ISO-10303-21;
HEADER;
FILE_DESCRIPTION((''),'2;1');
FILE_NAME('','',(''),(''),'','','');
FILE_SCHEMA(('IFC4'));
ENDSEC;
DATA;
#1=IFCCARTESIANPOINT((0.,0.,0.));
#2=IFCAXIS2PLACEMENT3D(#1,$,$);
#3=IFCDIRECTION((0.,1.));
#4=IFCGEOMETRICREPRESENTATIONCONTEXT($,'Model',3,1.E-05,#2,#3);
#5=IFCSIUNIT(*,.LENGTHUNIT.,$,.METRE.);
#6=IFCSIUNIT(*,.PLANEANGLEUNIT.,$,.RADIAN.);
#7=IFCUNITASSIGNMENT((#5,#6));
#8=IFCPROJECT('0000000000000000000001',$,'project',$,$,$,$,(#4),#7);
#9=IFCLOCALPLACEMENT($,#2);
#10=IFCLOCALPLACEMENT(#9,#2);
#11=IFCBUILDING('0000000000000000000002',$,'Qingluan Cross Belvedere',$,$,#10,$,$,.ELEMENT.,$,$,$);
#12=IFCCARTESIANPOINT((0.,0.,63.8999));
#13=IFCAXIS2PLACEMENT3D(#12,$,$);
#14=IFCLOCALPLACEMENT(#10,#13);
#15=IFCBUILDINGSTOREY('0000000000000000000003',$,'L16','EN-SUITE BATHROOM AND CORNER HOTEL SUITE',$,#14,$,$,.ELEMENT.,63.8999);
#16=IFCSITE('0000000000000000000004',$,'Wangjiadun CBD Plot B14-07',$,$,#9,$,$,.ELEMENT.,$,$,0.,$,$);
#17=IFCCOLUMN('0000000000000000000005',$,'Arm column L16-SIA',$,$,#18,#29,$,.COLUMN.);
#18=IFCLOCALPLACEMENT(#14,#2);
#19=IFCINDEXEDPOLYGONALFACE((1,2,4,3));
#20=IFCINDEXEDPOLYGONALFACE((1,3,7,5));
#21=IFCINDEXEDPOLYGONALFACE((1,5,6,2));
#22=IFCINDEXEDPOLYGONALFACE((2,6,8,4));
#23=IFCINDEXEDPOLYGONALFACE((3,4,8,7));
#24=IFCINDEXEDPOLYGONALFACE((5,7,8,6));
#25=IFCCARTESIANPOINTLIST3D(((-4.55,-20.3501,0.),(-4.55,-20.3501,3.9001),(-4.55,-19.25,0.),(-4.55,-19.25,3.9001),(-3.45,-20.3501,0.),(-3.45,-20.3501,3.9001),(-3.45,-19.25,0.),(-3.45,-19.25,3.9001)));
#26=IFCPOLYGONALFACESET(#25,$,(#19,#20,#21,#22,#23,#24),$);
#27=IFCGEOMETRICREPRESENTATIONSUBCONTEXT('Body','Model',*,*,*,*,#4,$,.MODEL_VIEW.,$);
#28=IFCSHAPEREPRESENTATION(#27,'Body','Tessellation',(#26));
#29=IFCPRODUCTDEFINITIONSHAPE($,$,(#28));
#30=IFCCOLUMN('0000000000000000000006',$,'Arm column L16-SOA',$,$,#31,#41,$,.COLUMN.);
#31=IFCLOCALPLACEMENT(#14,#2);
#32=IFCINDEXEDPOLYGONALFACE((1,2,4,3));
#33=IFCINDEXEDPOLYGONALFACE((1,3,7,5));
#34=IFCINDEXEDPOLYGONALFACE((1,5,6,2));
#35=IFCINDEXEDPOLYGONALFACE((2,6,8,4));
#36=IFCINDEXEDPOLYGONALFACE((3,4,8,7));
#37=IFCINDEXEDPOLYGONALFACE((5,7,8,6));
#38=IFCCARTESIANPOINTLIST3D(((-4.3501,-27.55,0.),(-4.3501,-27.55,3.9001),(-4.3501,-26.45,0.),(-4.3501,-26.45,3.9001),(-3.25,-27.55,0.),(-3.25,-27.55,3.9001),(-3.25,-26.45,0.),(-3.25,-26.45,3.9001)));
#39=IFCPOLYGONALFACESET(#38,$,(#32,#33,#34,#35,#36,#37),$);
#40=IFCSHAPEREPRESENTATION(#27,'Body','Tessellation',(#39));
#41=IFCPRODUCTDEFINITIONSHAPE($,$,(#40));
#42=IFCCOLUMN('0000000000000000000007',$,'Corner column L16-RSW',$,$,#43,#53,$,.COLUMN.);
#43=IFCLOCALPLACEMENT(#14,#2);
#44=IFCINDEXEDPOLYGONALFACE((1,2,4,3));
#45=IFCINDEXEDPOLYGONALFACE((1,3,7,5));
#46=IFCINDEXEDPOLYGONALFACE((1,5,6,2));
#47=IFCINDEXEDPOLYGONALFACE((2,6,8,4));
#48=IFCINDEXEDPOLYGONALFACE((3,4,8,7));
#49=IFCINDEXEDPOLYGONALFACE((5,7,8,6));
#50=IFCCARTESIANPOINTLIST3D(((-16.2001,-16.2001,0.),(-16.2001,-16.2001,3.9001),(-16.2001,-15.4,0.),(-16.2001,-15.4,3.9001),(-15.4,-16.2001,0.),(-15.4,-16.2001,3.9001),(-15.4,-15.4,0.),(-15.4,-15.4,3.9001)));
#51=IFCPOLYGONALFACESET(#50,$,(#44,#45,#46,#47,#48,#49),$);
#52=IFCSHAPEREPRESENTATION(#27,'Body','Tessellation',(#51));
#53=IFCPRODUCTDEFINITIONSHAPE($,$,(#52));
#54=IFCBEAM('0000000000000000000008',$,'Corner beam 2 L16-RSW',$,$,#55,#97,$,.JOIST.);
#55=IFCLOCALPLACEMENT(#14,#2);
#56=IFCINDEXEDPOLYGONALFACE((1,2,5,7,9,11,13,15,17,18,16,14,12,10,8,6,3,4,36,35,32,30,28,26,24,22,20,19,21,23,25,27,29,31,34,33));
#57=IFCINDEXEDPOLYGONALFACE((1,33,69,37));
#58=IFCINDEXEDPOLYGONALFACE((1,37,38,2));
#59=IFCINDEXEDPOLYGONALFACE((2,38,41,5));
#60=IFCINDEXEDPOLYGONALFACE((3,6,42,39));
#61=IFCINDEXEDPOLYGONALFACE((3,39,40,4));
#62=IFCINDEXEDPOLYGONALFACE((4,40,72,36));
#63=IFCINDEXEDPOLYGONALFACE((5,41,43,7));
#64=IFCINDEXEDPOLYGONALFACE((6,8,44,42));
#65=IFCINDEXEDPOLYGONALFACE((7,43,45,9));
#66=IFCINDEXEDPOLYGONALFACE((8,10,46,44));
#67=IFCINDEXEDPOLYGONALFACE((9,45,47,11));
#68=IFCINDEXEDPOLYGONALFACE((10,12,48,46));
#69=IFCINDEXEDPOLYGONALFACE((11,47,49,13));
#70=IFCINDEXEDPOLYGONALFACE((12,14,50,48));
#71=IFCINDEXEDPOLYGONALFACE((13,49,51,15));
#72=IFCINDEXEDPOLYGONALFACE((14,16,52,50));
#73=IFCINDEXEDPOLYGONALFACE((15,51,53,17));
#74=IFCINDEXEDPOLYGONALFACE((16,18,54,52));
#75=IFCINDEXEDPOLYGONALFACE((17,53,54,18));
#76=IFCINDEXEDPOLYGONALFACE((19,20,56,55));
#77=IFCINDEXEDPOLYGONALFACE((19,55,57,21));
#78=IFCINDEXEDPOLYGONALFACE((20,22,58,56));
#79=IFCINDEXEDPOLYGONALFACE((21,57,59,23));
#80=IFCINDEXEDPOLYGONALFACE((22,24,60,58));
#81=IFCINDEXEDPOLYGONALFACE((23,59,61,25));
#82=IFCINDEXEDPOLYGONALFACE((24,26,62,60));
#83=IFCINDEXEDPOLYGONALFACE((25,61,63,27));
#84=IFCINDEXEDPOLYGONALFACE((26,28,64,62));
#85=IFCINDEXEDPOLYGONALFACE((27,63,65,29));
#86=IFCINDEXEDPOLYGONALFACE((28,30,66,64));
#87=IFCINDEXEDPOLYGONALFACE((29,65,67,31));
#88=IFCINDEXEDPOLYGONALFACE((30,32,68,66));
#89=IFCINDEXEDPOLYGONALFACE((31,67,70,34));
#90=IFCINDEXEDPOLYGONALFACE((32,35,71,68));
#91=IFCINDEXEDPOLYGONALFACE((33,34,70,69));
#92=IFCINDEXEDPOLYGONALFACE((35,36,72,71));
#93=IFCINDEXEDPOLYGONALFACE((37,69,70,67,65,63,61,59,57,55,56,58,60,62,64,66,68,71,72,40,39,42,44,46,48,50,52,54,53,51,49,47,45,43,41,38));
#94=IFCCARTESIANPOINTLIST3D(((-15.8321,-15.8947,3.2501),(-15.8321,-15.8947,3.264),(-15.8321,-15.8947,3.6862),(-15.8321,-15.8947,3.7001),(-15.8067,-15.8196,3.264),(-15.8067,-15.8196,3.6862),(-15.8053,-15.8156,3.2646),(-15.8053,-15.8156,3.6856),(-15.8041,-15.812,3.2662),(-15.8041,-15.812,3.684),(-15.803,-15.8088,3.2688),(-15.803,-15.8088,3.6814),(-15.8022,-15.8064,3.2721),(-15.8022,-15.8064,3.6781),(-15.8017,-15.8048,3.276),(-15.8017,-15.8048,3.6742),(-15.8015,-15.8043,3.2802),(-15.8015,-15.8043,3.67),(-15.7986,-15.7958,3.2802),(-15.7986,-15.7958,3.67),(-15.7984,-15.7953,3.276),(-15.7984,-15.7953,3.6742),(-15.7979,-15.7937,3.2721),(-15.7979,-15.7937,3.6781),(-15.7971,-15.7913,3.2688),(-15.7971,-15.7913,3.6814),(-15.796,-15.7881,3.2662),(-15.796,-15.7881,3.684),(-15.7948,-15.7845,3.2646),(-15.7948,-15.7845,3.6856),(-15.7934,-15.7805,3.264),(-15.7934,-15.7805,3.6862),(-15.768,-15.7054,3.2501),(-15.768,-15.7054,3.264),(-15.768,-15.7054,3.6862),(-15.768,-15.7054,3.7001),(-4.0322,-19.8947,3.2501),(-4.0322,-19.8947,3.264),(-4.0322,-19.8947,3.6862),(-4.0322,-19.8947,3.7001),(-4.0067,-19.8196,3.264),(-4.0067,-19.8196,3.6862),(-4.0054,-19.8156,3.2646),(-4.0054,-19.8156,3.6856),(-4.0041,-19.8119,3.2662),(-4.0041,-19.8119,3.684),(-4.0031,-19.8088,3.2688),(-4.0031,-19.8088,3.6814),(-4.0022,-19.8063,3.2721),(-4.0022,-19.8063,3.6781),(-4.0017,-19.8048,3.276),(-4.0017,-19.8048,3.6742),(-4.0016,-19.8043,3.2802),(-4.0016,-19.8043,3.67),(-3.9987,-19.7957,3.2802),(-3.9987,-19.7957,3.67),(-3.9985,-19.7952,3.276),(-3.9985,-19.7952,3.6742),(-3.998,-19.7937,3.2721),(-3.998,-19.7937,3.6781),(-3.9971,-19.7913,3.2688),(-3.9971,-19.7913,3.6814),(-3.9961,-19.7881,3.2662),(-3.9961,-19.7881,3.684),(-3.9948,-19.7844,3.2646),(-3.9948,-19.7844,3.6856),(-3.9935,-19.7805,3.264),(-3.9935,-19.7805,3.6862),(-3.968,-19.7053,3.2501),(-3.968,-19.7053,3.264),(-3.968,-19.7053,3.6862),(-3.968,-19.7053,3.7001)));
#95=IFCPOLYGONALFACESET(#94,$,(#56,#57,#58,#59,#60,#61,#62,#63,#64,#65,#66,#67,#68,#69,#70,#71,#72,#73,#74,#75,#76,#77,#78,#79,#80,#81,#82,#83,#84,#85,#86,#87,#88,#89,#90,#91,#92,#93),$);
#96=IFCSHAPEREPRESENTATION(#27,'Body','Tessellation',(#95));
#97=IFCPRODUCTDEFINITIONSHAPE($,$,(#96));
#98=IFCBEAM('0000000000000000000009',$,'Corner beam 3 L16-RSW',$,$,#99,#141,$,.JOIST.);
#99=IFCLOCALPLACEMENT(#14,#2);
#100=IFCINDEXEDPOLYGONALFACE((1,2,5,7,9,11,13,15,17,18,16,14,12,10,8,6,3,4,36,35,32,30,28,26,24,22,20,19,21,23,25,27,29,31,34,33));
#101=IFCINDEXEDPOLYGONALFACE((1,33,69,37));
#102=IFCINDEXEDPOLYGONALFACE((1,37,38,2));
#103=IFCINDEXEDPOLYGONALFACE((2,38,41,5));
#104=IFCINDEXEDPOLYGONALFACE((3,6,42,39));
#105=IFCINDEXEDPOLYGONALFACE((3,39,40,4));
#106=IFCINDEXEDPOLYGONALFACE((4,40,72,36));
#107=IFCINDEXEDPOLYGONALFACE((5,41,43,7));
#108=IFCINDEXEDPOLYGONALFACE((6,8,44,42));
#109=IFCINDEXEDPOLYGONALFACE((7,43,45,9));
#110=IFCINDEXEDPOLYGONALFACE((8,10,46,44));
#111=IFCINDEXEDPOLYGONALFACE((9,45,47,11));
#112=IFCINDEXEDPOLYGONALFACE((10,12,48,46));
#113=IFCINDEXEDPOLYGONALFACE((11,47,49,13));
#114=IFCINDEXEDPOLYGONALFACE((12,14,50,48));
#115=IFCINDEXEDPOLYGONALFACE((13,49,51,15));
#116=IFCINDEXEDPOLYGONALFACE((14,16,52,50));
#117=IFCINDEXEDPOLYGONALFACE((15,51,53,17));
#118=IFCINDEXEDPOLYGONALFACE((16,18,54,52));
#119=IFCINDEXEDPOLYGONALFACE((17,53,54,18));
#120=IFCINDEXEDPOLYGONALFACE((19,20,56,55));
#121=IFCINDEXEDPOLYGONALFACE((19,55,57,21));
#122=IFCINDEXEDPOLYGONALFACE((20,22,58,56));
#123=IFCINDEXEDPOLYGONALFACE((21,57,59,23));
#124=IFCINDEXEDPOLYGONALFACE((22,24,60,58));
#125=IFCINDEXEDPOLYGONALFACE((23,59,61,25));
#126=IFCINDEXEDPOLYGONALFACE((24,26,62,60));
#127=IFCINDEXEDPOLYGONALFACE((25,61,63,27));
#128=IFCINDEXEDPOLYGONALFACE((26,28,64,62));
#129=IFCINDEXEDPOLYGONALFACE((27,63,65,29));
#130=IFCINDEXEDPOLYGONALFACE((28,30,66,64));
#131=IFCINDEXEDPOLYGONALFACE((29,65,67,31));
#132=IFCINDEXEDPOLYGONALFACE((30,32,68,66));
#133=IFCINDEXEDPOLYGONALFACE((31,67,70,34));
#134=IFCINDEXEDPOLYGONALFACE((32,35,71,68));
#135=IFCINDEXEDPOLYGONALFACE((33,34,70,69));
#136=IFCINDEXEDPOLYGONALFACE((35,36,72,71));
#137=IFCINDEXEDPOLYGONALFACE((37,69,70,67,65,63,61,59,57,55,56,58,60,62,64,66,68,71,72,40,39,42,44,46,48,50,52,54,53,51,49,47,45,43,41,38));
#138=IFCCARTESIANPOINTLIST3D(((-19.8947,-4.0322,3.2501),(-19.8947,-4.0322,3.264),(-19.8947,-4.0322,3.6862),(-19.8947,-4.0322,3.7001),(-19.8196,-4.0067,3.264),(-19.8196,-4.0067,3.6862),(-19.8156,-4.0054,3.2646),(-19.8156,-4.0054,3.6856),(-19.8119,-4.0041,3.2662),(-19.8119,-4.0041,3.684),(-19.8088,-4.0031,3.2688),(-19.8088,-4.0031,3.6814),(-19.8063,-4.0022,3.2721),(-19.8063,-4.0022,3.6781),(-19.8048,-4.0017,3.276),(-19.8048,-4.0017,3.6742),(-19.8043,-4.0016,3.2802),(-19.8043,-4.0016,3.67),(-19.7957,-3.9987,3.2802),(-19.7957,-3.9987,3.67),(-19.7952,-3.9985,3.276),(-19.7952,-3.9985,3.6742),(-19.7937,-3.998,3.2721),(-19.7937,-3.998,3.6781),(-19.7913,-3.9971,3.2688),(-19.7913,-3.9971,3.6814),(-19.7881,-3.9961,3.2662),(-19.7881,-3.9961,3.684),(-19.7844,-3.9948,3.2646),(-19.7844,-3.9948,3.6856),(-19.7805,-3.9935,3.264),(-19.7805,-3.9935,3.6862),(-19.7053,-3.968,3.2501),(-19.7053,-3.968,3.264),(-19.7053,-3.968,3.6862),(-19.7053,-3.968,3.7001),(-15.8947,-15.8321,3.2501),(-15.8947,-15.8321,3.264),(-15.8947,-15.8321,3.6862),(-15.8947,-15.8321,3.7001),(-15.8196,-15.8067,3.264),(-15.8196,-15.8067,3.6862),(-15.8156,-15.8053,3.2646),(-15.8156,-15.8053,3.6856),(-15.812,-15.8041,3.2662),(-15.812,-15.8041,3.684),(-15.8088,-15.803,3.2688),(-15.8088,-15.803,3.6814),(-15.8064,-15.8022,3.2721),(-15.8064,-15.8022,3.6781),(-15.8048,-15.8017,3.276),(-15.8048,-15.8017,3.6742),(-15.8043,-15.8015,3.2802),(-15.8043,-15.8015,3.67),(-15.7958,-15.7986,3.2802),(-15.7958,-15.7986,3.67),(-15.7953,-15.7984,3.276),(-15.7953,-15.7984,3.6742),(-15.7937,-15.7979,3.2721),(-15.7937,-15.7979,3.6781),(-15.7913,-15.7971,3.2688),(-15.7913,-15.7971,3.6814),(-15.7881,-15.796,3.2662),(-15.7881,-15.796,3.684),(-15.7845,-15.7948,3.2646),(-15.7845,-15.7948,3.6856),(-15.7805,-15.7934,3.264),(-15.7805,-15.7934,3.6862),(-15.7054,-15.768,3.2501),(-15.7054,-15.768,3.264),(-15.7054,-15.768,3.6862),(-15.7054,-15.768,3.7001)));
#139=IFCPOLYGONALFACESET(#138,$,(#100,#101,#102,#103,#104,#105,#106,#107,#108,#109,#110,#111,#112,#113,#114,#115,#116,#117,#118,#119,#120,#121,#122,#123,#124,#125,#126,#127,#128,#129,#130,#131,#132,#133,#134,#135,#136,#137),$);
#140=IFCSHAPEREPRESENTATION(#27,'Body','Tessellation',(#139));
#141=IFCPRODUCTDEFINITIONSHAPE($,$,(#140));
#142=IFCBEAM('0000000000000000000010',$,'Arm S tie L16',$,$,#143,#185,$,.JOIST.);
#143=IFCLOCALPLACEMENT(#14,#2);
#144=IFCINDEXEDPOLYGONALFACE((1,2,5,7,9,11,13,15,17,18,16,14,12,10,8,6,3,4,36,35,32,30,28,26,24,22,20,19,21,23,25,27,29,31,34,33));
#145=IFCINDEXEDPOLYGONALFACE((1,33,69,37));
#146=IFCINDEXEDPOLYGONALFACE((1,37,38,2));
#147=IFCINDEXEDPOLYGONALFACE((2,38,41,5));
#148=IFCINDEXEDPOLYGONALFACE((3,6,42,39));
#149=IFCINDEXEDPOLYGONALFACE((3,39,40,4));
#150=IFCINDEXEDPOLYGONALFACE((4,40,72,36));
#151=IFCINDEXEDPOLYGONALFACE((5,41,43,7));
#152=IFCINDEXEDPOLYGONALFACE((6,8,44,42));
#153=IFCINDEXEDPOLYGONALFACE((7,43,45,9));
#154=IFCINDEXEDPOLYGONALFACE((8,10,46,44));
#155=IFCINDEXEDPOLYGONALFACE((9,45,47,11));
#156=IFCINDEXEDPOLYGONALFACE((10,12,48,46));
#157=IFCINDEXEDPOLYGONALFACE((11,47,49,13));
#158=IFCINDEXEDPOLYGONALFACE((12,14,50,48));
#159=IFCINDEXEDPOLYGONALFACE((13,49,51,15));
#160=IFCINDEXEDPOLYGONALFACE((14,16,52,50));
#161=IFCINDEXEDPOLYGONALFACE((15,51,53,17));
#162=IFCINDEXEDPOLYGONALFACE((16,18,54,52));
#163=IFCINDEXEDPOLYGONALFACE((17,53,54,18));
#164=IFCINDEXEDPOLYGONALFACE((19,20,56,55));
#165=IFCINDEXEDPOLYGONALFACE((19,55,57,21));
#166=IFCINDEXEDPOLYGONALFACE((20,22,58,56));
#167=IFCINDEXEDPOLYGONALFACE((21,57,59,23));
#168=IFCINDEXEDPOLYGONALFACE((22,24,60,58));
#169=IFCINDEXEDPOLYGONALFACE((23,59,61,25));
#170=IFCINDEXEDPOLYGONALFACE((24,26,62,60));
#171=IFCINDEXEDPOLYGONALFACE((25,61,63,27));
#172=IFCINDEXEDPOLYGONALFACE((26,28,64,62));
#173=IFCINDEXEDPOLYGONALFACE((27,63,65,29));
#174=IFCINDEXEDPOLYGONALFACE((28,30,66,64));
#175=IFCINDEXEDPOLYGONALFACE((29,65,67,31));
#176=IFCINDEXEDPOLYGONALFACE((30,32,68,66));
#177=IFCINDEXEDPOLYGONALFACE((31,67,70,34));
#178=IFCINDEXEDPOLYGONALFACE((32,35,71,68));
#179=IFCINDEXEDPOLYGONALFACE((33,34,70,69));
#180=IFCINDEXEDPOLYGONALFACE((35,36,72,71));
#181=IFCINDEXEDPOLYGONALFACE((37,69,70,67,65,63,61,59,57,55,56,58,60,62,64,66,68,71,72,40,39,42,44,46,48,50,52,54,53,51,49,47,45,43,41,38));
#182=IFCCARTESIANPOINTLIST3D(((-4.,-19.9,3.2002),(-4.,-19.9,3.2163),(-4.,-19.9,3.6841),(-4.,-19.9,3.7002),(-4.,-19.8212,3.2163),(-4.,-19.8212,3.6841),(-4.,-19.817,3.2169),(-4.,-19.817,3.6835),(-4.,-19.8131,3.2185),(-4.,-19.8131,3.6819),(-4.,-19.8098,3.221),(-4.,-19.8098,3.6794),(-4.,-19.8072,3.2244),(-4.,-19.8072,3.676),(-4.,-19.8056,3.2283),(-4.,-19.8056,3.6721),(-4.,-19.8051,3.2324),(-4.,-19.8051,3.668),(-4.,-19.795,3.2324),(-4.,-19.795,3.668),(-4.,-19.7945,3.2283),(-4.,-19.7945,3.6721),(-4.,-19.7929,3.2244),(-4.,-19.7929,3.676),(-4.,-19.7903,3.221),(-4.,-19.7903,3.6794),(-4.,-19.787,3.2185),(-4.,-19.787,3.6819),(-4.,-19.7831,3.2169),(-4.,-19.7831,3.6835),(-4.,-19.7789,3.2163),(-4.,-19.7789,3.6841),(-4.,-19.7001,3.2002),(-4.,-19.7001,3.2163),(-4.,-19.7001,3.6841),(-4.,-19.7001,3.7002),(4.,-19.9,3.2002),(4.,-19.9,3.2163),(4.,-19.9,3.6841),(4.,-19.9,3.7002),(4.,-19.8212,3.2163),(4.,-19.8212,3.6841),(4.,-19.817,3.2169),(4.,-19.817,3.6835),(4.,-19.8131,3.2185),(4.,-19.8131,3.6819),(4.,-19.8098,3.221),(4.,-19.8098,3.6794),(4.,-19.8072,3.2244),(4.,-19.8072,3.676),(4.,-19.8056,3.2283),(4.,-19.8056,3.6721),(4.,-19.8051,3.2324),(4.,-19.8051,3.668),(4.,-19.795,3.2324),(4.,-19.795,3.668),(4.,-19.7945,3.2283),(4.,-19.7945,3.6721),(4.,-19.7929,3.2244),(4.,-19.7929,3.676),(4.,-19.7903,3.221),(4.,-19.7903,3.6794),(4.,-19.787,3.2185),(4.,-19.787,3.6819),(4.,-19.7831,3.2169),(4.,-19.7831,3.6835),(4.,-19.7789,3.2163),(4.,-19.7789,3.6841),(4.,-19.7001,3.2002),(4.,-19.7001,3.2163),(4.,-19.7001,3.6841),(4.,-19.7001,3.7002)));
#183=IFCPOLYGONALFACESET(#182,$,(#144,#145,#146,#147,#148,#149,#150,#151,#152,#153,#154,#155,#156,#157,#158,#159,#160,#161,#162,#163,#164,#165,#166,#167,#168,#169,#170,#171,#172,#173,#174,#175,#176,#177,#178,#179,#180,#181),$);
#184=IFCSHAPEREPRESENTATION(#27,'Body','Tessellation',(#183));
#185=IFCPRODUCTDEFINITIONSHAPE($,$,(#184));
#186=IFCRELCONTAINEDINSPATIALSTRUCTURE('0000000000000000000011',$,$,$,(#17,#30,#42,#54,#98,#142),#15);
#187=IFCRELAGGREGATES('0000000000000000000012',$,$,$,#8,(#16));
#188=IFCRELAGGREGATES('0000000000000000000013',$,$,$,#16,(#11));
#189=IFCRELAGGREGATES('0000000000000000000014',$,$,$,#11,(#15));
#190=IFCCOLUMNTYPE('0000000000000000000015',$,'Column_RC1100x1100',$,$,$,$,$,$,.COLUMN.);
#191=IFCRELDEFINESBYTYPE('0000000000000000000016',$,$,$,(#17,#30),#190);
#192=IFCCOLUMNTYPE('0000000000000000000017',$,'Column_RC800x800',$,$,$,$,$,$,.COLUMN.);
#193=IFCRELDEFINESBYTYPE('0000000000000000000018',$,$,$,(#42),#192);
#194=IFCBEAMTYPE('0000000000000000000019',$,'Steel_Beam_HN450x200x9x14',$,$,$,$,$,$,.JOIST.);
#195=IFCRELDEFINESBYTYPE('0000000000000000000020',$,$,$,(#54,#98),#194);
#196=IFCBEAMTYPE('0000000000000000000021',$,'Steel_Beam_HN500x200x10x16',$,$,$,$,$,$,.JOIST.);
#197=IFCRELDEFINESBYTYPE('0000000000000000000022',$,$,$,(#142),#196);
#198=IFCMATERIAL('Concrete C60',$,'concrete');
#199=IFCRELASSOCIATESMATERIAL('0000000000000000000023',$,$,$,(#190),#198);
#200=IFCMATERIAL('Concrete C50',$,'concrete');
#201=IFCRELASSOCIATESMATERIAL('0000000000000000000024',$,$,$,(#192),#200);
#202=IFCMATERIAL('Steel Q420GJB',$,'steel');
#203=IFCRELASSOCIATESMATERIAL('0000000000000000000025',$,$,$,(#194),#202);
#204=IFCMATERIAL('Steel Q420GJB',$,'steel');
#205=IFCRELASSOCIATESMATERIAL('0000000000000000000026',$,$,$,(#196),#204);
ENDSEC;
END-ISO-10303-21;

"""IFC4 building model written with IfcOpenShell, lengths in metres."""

from ifc_helpers import new_model, si_unit, direction, frame, origin, origin_2d, place, context, subcontext, project, spatial, rectangle, i_section, extrude, material, material_profile, profile_set, type_object, element, save


model = new_model("IFC4")

# Units and contexts
model_context = context("Model", 3, precision=1e-05, world=origin(), true_north=direction((0.0, 1.0)))
body_context = subcontext(model_context, "Body", "Model", "MODEL_VIEW")
ifc_project = project(units=[si_unit("LENGTHUNIT", "METRE"), si_unit("PLANEANGLEUNIT", "RADIAN")], contexts=[model_context])

# Site, building, storey
site_placement = place(None, origin())
site = spatial("IfcSite", under=ifc_project, at=site_placement, Name="Wangjiadun CBD Plot B14-07", CompositionType="ELEMENT", RefElevation=0.0)
building_placement = place(site_placement, origin())
building = spatial("IfcBuilding", under=site, at=building_placement, Name="Qingluan Cross Belvedere", CompositionType="ELEMENT")
storey_placement = place(building_placement, frame((0.0, 0.0, 63.8999)))
storey = spatial("IfcBuildingStorey", under=building, at=storey_placement, Name="L16", Description="EN-SUITE BATHROOM AND CORNER HOTEL SUITE", CompositionType="ELEMENT", Elevation=63.8999)

# Columns
ifc_material_1 = material(Name="Concrete C60", Category="concrete")
ifc_material_profile_1 = material_profile(ifc_material_1, rectangle(XDim=1.1001, YDim=1.1001, at=origin_2d()), Name="RC1100x1100")
ifc_profile_set_1 = profile_set([ifc_material_profile_1], Name="Concrete C60")
column_type_1 = type_object("IfcColumnType", Name="Column_RC1100x1100", PredefinedType="COLUMN", material=ifc_profile_set_1)
for number, where, z_axis, x_axis, name in (
    (1, (-4.0, -19.8, 0.0), (0.0, 0.0, 1.0), (1.0, 0.0, 0.0), "Arm column L16-SIA"),
    (2, (-3.8, -27.0, 0.0), (0.0, 0.0, 1.0), (1.0, 0.0, 0.0), "Arm column L16-SOA"),
):
    element("IfcColumn", number, at=place(storey_placement, frame(where, z_axis=z_axis, x_axis=x_axis)), inside=storey, type_object=column_type_1, Name=name, PredefinedType="COLUMN", context=body_context, shape_type="SweptSolid", body=[
        extrude(rectangle(XDim=1.1001, YDim=1.1001, at=origin_2d()), origin(), (0.0, 0.0, 1.0), 3.9001),
    ])
ifc_material_2 = material(Name="Concrete C50", Category="concrete")
ifc_material_profile_2 = material_profile(ifc_material_2, rectangle(XDim=0.8, YDim=0.8, at=origin_2d()), Name="RC800x800")
ifc_profile_set_2 = profile_set([ifc_material_profile_2], Name="Concrete C50")
column_type_2 = type_object("IfcColumnType", Name="Column_RC800x800", PredefinedType="COLUMN", material=ifc_profile_set_2)
column_placement = place(storey_placement, frame((-15.8, -15.8, 0.0), z_axis=(0.0, 0.0, 1.0), x_axis=(1.0, 0.0, 0.0)))
element("IfcColumn", 3, at=column_placement, inside=storey, type_object=column_type_2, Name="Corner column L16-RSW", PredefinedType="COLUMN", context=body_context, shape_type="SweptSolid", body=[
    extrude(rectangle(XDim=0.8, YDim=0.8, at=origin_2d()), origin(), (0.0, 0.0, 1.0), 3.9001),
])

# Beams
ifc_material_3 = material(Name="Steel Q420GJB", Category="steel")
ifc_material_profile_3 = material_profile(ifc_material_3, i_section(OverallWidth=0.2, OverallDepth=0.45, WebThickness=0.009, FlangeThickness=0.0139, FilletRadius=0.0161, at=origin_2d()), Name="HN450x200x9x14")
ifc_profile_set_3 = profile_set([ifc_material_profile_3], Name="Steel Q420GJB")
beam_type_1 = type_object("IfcBeamType", Name="Steel_Beam_HN450x200x9x14", PredefinedType="JOIST", material=ifc_profile_set_3)
for number, where, z_axis, x_axis, name in (
    (4, (-15.8, -15.8, 3.4751), (0.947066, -0.321038, 0.0), (0.321038, 0.947066, 0.0), "Corner beam 2 L16-RSW"),
    (5, (-15.8, -15.8, 3.4751), (-0.321038, 0.947066, 0.0), (-0.947066, -0.321038, 0.0), "Corner beam 3 L16-RSW"),
):
    element("IfcBeam", number, at=place(storey_placement, frame(where, z_axis=z_axis, x_axis=x_axis)), inside=storey, type_object=beam_type_1, Name=name, PredefinedType="JOIST", context=body_context, shape_type="SweptSolid", body=[
        extrude(i_section(OverallWidth=0.2, OverallDepth=0.45, WebThickness=0.009, FlangeThickness=0.0139, FilletRadius=0.0161, at=origin_2d()), origin(), (0.0, 0.0, 1.0), 12.4595),
    ])
ifc_material_4 = material(Name="Steel Q420GJB", Category="steel")
ifc_material_profile_4 = material_profile(ifc_material_4, i_section(OverallWidth=0.2, OverallDepth=0.5, WebThickness=0.01, FlangeThickness=0.0161, FilletRadius=0.0161, at=origin_2d()), Name="HN500x200x10x16")
ifc_profile_set_4 = profile_set([ifc_material_profile_4], Name="Steel Q420GJB")
beam_type_2 = type_object("IfcBeamType", Name="Steel_Beam_HN500x200x10x16", PredefinedType="JOIST", material=ifc_profile_set_4)
for number, where, z_axis, x_axis, name in (
    (6, (-4.0, -19.8, 3.4502), (1.0, 0.0, 0.0), (0.0, 1.0, 0.0), "Arm S tie L16"),
):
    element("IfcBeam", number, at=place(storey_placement, frame(where, z_axis=z_axis, x_axis=x_axis)), inside=storey, type_object=beam_type_2, Name=name, PredefinedType="JOIST", context=body_context, shape_type="SweptSolid", body=[
        extrude(i_section(OverallWidth=0.2, OverallDepth=0.5, WebThickness=0.01, FlangeThickness=0.0161, FilletRadius=0.0161, at=origin_2d()), origin(), (0.0, 0.0, 1.0), 8.0),
    ])

save(model, "model.ifc")
